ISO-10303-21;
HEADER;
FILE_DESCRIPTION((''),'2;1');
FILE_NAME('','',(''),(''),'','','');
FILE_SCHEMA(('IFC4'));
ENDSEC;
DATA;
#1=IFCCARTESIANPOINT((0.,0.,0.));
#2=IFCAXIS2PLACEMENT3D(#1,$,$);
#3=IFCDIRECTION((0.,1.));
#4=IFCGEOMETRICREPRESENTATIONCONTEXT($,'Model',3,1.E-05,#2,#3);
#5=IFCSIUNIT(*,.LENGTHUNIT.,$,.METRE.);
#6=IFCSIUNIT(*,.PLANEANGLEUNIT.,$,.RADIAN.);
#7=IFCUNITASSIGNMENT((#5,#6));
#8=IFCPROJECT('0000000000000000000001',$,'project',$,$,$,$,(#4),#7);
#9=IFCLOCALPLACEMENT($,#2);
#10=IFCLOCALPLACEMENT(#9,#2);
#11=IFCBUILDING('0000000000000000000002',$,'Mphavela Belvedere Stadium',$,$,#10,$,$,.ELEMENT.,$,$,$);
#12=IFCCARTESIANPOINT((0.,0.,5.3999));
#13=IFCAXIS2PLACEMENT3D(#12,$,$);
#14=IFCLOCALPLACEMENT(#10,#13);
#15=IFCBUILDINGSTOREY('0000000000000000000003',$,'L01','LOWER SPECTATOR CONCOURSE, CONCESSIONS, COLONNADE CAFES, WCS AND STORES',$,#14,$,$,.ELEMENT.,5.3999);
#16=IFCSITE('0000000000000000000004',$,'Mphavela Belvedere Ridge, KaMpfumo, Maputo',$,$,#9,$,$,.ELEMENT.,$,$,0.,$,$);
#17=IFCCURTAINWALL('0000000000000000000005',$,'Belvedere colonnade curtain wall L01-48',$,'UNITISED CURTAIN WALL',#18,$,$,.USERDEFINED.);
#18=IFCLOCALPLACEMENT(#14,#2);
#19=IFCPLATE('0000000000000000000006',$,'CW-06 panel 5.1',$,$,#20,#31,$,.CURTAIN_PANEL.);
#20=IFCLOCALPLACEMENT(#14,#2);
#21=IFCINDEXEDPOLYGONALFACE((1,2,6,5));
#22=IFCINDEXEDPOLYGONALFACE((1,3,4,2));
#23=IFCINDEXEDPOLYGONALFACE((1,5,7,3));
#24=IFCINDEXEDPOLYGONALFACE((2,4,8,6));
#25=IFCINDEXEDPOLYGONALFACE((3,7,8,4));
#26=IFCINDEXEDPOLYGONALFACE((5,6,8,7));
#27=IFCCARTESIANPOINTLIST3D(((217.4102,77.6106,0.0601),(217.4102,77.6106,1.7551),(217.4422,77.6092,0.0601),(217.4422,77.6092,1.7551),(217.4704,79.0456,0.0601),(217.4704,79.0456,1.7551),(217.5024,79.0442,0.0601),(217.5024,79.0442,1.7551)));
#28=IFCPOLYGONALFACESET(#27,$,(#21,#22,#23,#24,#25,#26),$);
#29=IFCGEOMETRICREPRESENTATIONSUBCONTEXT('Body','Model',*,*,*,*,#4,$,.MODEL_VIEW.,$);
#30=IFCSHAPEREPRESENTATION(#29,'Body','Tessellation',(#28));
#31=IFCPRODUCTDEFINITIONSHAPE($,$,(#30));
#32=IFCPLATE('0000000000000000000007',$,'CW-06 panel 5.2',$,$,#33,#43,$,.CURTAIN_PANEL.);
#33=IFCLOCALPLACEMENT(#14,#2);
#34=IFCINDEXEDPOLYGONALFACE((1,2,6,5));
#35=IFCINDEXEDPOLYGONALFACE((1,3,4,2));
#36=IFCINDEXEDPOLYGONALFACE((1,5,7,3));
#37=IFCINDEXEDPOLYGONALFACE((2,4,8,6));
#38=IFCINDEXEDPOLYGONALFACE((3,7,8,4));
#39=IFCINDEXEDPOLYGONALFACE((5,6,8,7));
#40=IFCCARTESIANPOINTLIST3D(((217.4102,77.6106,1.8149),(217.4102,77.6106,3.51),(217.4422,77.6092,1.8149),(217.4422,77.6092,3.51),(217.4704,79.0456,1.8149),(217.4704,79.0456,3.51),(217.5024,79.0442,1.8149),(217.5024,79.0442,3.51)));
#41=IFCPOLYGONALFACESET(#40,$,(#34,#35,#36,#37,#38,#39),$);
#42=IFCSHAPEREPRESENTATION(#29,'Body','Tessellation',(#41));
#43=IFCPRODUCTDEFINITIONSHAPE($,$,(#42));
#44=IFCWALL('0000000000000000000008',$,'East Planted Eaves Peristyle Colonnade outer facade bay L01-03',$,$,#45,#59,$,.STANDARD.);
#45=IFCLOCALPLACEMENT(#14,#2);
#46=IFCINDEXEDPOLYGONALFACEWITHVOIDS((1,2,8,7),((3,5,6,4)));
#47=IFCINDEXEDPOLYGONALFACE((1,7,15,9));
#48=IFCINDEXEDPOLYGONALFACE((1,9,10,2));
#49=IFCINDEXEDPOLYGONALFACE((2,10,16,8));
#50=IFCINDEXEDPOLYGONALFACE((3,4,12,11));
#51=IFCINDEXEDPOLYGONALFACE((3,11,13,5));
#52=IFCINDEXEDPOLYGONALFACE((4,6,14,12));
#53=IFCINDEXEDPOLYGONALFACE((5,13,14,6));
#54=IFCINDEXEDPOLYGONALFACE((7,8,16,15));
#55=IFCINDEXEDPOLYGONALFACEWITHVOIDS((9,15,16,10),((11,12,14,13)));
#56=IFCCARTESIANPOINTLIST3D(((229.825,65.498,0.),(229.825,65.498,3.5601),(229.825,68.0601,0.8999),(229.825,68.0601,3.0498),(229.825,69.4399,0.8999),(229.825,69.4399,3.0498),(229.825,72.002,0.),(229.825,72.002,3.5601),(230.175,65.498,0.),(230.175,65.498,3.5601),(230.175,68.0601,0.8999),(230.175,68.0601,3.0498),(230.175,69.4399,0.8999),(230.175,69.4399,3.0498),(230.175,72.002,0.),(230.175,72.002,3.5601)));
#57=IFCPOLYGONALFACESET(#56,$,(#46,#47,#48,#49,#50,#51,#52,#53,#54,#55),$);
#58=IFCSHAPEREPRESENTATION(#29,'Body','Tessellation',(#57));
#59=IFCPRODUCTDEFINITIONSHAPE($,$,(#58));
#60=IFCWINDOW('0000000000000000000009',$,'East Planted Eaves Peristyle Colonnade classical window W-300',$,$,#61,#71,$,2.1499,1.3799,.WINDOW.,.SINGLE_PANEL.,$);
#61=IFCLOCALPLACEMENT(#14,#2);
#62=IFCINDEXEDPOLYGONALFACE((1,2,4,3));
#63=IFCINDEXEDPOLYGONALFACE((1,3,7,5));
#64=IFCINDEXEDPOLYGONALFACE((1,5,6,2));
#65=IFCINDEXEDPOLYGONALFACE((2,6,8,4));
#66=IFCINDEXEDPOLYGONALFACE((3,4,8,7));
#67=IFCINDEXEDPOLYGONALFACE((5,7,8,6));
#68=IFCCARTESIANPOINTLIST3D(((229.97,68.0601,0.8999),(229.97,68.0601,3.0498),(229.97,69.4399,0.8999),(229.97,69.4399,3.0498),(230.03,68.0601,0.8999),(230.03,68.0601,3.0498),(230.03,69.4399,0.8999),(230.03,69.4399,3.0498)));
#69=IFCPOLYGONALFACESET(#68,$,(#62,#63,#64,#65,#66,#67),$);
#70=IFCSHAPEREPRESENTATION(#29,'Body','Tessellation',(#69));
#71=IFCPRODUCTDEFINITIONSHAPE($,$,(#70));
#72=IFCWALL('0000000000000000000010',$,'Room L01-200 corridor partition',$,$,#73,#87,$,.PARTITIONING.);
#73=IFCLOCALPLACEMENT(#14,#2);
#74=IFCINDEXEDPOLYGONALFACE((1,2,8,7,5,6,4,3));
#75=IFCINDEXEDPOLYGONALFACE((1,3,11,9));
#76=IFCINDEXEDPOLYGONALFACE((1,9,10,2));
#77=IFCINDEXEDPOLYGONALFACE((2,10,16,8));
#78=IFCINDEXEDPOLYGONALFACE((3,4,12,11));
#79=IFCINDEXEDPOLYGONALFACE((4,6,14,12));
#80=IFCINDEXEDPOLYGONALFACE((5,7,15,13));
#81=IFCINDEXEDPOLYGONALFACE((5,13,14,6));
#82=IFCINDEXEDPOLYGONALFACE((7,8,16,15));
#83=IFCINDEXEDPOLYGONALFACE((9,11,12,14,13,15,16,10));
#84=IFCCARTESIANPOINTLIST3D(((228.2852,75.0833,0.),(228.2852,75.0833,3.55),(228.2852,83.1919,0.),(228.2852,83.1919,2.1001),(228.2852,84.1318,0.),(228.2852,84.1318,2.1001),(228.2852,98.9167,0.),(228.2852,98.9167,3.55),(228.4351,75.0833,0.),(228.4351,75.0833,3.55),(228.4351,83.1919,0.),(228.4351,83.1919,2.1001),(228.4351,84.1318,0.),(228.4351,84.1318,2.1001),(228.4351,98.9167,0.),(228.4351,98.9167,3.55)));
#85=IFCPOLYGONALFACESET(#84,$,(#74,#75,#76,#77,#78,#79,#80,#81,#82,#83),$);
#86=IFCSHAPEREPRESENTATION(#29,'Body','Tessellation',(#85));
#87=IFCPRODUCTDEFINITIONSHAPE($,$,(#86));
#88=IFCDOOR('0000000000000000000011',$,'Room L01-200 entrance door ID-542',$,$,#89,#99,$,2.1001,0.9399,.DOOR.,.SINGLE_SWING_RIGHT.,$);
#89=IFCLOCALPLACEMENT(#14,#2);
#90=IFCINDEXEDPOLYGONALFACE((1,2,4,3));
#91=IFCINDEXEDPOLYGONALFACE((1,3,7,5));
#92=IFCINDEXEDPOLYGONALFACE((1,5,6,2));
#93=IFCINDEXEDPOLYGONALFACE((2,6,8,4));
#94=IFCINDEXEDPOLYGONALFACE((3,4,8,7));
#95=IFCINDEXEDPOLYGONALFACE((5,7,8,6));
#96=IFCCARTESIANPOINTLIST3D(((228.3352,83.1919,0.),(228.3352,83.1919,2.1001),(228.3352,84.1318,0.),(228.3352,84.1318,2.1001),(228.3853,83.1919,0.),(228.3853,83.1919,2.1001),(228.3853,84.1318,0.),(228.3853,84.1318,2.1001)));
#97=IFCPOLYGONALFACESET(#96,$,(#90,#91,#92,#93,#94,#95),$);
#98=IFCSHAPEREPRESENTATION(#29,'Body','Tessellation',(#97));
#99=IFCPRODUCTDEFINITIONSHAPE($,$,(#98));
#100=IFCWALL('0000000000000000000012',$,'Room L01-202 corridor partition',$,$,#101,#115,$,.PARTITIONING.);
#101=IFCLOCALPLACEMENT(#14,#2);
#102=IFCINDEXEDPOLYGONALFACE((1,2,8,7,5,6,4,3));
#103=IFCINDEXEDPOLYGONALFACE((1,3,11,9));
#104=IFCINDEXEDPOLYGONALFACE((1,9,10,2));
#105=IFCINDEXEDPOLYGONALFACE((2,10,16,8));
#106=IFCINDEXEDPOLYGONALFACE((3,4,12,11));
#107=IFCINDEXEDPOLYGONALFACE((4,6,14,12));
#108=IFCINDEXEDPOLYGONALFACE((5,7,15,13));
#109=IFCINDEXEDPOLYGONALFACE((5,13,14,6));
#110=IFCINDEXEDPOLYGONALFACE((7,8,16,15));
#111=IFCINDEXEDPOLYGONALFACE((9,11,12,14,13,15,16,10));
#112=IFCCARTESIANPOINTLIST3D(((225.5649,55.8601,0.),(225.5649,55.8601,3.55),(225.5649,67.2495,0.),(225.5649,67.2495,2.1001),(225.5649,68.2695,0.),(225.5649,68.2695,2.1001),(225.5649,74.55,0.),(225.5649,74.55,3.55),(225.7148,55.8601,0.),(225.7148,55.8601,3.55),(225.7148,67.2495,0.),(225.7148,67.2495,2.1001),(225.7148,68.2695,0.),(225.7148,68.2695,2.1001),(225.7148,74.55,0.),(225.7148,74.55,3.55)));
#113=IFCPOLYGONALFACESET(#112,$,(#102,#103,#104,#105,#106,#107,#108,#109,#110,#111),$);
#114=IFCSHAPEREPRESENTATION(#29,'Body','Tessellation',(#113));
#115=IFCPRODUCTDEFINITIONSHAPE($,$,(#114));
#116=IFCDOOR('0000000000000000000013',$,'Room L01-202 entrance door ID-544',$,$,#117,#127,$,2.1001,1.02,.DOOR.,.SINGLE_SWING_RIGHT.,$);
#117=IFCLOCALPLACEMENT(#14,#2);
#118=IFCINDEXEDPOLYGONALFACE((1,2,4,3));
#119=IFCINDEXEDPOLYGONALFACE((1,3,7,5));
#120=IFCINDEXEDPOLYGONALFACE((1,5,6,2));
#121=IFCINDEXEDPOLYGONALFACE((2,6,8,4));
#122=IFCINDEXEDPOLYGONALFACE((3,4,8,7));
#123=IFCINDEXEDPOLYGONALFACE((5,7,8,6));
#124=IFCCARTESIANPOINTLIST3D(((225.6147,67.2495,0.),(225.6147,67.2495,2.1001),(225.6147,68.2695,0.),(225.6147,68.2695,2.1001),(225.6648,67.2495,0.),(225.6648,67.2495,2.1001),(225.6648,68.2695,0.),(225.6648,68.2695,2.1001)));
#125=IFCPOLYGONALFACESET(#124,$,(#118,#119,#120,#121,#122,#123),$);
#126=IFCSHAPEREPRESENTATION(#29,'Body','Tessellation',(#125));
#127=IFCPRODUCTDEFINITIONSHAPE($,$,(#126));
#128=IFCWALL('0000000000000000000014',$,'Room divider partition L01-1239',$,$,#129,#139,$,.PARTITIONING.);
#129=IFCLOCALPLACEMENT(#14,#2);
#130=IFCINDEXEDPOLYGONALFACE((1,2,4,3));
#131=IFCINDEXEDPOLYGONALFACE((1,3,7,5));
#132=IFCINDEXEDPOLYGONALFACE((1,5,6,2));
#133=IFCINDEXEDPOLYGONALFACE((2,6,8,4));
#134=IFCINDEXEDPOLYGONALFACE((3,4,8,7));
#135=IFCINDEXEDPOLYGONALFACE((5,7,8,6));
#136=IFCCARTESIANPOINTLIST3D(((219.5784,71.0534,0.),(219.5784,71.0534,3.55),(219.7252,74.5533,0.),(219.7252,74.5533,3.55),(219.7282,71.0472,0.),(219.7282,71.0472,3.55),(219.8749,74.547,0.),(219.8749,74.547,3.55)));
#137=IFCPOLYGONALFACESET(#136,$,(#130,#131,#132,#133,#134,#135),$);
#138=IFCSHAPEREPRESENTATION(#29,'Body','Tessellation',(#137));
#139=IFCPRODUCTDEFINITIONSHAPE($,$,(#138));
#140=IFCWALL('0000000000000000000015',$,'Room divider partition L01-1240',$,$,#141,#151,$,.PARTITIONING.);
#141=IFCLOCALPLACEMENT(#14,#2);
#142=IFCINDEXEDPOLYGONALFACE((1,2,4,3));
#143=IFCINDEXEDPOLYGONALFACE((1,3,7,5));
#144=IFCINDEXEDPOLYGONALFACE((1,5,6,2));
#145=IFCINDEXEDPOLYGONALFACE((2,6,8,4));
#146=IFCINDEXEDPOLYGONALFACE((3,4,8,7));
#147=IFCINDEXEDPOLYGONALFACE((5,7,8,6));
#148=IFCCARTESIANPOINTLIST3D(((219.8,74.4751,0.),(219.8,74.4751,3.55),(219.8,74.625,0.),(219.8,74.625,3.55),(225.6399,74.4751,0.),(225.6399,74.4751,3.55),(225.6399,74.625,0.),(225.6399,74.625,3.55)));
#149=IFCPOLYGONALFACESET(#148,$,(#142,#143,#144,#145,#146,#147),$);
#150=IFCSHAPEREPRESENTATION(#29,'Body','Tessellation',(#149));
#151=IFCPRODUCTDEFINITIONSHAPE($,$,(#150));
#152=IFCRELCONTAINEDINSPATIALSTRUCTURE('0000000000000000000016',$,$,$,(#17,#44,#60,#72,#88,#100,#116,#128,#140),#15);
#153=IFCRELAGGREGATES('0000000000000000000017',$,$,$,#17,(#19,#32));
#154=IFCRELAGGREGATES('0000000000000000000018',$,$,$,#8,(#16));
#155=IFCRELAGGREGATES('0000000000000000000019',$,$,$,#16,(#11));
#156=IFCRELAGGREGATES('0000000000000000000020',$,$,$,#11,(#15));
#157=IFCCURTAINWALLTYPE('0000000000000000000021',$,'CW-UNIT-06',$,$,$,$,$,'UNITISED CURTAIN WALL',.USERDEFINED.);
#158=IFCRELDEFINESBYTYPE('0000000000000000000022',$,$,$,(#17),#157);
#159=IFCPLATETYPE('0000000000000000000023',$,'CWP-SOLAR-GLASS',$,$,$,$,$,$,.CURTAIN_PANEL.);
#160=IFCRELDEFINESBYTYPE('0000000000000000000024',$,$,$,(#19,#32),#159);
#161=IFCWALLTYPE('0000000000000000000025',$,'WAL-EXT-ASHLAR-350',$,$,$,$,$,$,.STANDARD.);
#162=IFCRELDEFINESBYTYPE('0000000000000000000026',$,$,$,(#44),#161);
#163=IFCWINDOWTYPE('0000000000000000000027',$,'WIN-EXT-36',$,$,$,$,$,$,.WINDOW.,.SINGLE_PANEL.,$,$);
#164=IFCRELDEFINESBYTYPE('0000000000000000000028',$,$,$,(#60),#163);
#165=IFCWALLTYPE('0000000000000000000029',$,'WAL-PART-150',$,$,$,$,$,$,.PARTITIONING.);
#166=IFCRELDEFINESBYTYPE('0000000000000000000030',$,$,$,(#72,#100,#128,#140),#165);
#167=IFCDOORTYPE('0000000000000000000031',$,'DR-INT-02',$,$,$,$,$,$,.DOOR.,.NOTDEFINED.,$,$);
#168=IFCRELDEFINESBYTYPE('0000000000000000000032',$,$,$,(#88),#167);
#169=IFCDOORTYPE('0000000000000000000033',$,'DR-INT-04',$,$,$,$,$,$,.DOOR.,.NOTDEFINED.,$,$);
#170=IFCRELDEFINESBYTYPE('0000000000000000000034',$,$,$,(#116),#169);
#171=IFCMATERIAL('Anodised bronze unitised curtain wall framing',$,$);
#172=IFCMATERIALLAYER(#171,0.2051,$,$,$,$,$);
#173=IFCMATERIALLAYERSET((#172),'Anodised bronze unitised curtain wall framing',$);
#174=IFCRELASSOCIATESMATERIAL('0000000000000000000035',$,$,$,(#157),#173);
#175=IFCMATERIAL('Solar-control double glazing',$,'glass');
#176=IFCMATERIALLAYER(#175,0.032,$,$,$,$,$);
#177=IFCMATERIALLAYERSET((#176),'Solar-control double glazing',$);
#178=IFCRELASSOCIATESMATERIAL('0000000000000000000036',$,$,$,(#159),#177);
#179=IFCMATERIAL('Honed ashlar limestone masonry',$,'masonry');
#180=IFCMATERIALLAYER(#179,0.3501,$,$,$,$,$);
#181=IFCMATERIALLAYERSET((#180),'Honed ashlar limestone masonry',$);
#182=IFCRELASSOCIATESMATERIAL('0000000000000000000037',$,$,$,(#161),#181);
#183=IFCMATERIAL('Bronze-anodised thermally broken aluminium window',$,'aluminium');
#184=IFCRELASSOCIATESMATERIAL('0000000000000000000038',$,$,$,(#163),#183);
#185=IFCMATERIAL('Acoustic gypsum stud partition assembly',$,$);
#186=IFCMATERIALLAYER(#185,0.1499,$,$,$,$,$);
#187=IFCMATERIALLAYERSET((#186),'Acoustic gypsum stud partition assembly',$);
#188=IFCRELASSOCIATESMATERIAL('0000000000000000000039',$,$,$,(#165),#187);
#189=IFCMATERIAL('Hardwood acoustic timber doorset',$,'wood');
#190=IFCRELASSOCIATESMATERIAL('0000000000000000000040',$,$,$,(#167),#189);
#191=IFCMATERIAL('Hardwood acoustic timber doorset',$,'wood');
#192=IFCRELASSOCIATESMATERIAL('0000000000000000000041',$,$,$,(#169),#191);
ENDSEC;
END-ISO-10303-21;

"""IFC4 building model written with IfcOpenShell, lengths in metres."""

from ifc_helpers import new_model, si_unit, direction, frame, frame_2d, origin, origin_2d, place, context, subcontext, project, spatial, rectangle, extrude, material, layer, layer_set, type_object, element, fill, aggregate, save


model = new_model("IFC4")

# Units and contexts
model_context = context("Model", 3, precision=1e-05, world=origin(), true_north=direction((0.0, 1.0)))
body_context = subcontext(model_context, "Body", "Model", "MODEL_VIEW")
ifc_project = project(units=[si_unit("LENGTHUNIT", "METRE"), si_unit("PLANEANGLEUNIT", "RADIAN")], contexts=[model_context])

# Site, building, storey
site_placement = place(None, origin())
site = spatial("IfcSite", under=ifc_project, at=site_placement, Name="Mphavela Belvedere Ridge, KaMpfumo, Maputo", CompositionType="ELEMENT", RefElevation=0.0)
building_placement = place(site_placement, origin())
building = spatial("IfcBuilding", under=site, at=building_placement, Name="Mphavela Belvedere Stadium", CompositionType="ELEMENT")
storey_placement = place(building_placement, frame((0.0, 0.0, 5.3999)))
storey = spatial("IfcBuildingStorey", under=building, at=storey_placement, Name="L01", Description="LOWER SPECTATOR CONCOURSE, CONCESSIONS, COLONNADE CAFES, WCS AND STORES", CompositionType="ELEMENT", Elevation=5.3999)

# Curtain wall, plates
ifc_material_1 = material(Name="Anodised bronze unitised curtain wall framing")
ifc_layer_1 = layer(ifc_material_1, 0.2051)
ifc_layer_set_1 = layer_set([ifc_layer_1], Name="Anodised bronze unitised curtain wall framing")
curtain_wall_type = type_object("IfcCurtainWallType", Name="CW-UNIT-06", ElementType="UNITISED CURTAIN WALL", PredefinedType="USERDEFINED", material=ifc_layer_set_1)
curtain_wall_placement = place(storey_placement, origin())
curtain_wall = element("IfcCurtainWall", 1, at=curtain_wall_placement, inside=storey, type_object=curtain_wall_type, Name="Belvedere colonnade curtain wall L01-48", ObjectType="UNITISED CURTAIN WALL", PredefinedType="USERDEFINED")
ifc_material_2 = material(Name="Solar-control double glazing", Category="glass")
ifc_layer_2 = layer(ifc_material_2, 0.032)
ifc_layer_set_2 = layer_set([ifc_layer_2], Name="Solar-control double glazing")
plate_type = type_object("IfcPlateType", Name="CWP-SOLAR-GLASS", PredefinedType="CURTAIN_PANEL", material=ifc_layer_set_2)
plate_1_placement = place(storey_placement, frame((217.4563, 78.3274, 0.0601), z_axis=(0.0, 0.0, 1.0), x_axis=(0.04191, 0.999121, 0.0)))
plate_1 = element("IfcPlate", 2, at=plate_1_placement, type_object=plate_type, Name="CW-06 panel 5.1", PredefinedType="CURTAIN_PANEL", context=body_context, shape_type="SweptSolid", body=[
    extrude(rectangle(XDim=1.4363, YDim=0.032, at=origin_2d()), origin(), (0.0, 0.0, 1.0), 1.6951),
])
plate_2_placement = place(storey_placement, frame((217.4563, 78.3274, 1.8149), z_axis=(0.0, 0.0, 1.0), x_axis=(0.04191, 0.999121, 0.0)))
plate_2 = element("IfcPlate", 3, at=plate_2_placement, type_object=plate_type, Name="CW-06 panel 5.2", PredefinedType="CURTAIN_PANEL", context=body_context, shape_type="SweptSolid", body=[
    extrude(rectangle(XDim=1.4363, YDim=0.032, at=origin_2d()), origin(), (0.0, 0.0, 1.0), 1.6951),
])
aggregate(curtain_wall, [plate_1, plate_2])

# Wall, opening, window
ifc_material_3 = material(Name="Honed ashlar limestone masonry", Category="masonry")
ifc_layer_3 = layer(ifc_material_3, 0.3501)
ifc_layer_set_3 = layer_set([ifc_layer_3], Name="Honed ashlar limestone masonry")
wall_type_1 = type_object("IfcWallType", Name="WAL-EXT-ASHLAR-350", PredefinedType="STANDARD", material=ifc_layer_set_3)
wall_1_placement = place(storey_placement, frame((230.0, 72.002, 0.0), z_axis=(0.0, 0.0, 1.0), x_axis=(0.0, -1.0, 0.0)))
wall_1 = element("IfcWall", 4, at=wall_1_placement, inside=storey, type_object=wall_type_1, Name="East Planted Eaves Peristyle Colonnade outer facade bay L01-03", PredefinedType="STANDARD", context=body_context, shape_type="SweptSolid", body=[
    extrude(rectangle(XDim=6.5039, YDim=0.3501, at=frame_2d((3.252, 0.0))), origin(), (0.0, 0.0, 1.0), 3.5601),
])
opening_1_placement = place(wall_1_placement, frame((2.562, 0.0, 0.8999)))
opening_1 = element("IfcOpeningElement", 5, at=opening_1_placement, cuts=wall_1, PredefinedType="OPENING", context=body_context, shape_type="SweptSolid", body=[
    extrude(rectangle(XDim=1.3799, YDim=2.1499, at=frame_2d((0.6899, 1.075))), frame((0.0, 0.1851, 0.0), z_axis=(0.0, -1.0, 0.0), x_axis=(1.0, 0.0, 0.0)), (0.0, 0.0, 1.0), 0.3701),
])
ifc_material_4 = material(Name="Bronze-anodised thermally broken aluminium window", Category="aluminium")
window_type = type_object("IfcWindowType", Name="WIN-EXT-36", PartitioningType="SINGLE_PANEL", PredefinedType="WINDOW", material=ifc_material_4)
window_placement = place(opening_1_placement, origin())
window = element("IfcWindow", 6, at=window_placement, inside=storey, type_object=window_type, Name="East Planted Eaves Peristyle Colonnade classical window W-300", OverallHeight=2.1499, OverallWidth=1.3799, PartitioningType="SINGLE_PANEL", PredefinedType="WINDOW", context=body_context, shape_type="SweptSolid", body=[
    extrude(rectangle(XDim=1.3799, YDim=2.1499, at=frame_2d((0.6899, 1.075))), frame((0.0, 0.03, 0.0), z_axis=(0.0, -1.0, 0.0), x_axis=(1.0, 0.0, 0.0)), (0.0, 0.0, 1.0), 0.0601),
])
fill(opening_1, window)

# Walls, openings, doors
ifc_material_5 = material(Name="Acoustic gypsum stud partition assembly")
ifc_layer_4 = layer(ifc_material_5, 0.1499)
ifc_layer_set_4 = layer_set([ifc_layer_4], Name="Acoustic gypsum stud partition assembly")
wall_type_2 = type_object("IfcWallType", Name="WAL-PART-150", PredefinedType="PARTITIONING", material=ifc_layer_set_4)
wall_2_placement = place(storey_placement, frame((228.3601, 75.0833, 0.0), z_axis=(0.0, 0.0, 1.0), x_axis=(0.0, 1.0, 0.0)))
wall_2 = element("IfcWall", 7, at=wall_2_placement, inside=storey, type_object=wall_type_2, Name="Room L01-200 corridor partition", PredefinedType="PARTITIONING", context=body_context, shape_type="SweptSolid", body=[
    extrude(rectangle(XDim=23.8335, YDim=0.1499, at=frame_2d((11.9167, 0.0))), origin(), (0.0, 0.0, 1.0), 3.55),
])
opening_2_placement = place(wall_2_placement, frame((8.1086, 0.0, 0.0)))
opening_2 = element("IfcOpeningElement", 8, at=opening_2_placement, cuts=wall_2, PredefinedType="OPENING", context=body_context, shape_type="SweptSolid", body=[
    extrude(rectangle(XDim=0.9399, YDim=2.1001, at=frame_2d((0.47, 1.05))), frame((0.0, 0.085, 0.0), z_axis=(0.0, -1.0, 0.0), x_axis=(1.0, 0.0, 0.0)), (0.0, 0.0, 1.0), 0.1699),
])
ifc_material_6 = material(Name="Hardwood acoustic timber doorset", Category="wood")
door_type_1 = type_object("IfcDoorType", Name="DR-INT-02", OperationType="NOTDEFINED", PredefinedType="DOOR", material=ifc_material_6)
door_1_placement = place(opening_2_placement, origin())
door_1 = element("IfcDoor", 9, at=door_1_placement, inside=storey, type_object=door_type_1, Name="Room L01-200 entrance door ID-542", OperationType="SINGLE_SWING_RIGHT", OverallHeight=2.1001, OverallWidth=0.9399, PredefinedType="DOOR", context=body_context, shape_type="SweptSolid", body=[
    extrude(rectangle(XDim=0.9399, YDim=2.1001, at=frame_2d((0.47, 1.05))), frame((0.0, 0.0249, 0.0), z_axis=(0.0, -1.0, 0.0), x_axis=(1.0, 0.0, 0.0)), (0.0, 0.0, 1.0), 0.05),
])
fill(opening_2, door_1)
wall_3_placement = place(storey_placement, frame((225.6399, 74.55, 0.0), z_axis=(0.0, 0.0, 1.0), x_axis=(0.0, -1.0, 0.0)))
wall_3 = element("IfcWall", 10, at=wall_3_placement, inside=storey, type_object=wall_type_2, Name="Room L01-202 corridor partition", PredefinedType="PARTITIONING", context=body_context, shape_type="SweptSolid", body=[
    extrude(rectangle(XDim=18.6899, YDim=0.1499, at=frame_2d((9.345, 0.0))), origin(), (0.0, 0.0, 1.0), 3.55),
])
opening_3_placement = place(wall_3_placement, frame((6.2805, 0.0, 0.0)))
opening_3 = element("IfcOpeningElement", 11, at=opening_3_placement, cuts=wall_3, PredefinedType="OPENING", context=body_context, shape_type="SweptSolid", body=[
    extrude(rectangle(XDim=1.02, YDim=2.1001, at=frame_2d((0.51, 1.05))), frame((0.0, 0.085, 0.0), z_axis=(0.0, -1.0, 0.0), x_axis=(1.0, 0.0, 0.0)), (0.0, 0.0, 1.0), 0.1699),
])
ifc_material_7 = material(Name="Hardwood acoustic timber doorset", Category="wood")
door_type_2 = type_object("IfcDoorType", Name="DR-INT-04", OperationType="NOTDEFINED", PredefinedType="DOOR", material=ifc_material_7)
door_2_placement = place(opening_3_placement, origin())
door_2 = element("IfcDoor", 12, at=door_2_placement, inside=storey, type_object=door_type_2, Name="Room L01-202 entrance door ID-544", OperationType="SINGLE_SWING_RIGHT", OverallHeight=2.1001, OverallWidth=1.02, PredefinedType="DOOR", context=body_context, shape_type="SweptSolid", body=[
    extrude(rectangle(XDim=1.02, YDim=2.1001, at=frame_2d((0.51, 1.05))), frame((0.0, 0.0249, 0.0), z_axis=(0.0, -1.0, 0.0), x_axis=(1.0, 0.0, 0.0)), (0.0, 0.0, 1.0), 0.05),
])
fill(opening_3, door_2)

# Walls
wall_4_placement = place(storey_placement, frame((219.6533, 71.0503, 0.0), z_axis=(0.0, 0.0, 1.0), x_axis=(0.041889, 0.999122, 0.0)))
element("IfcWall", 13, at=wall_4_placement, inside=storey, type_object=wall_type_2, Name="Room divider partition L01-1239", PredefinedType="PARTITIONING", context=body_context, shape_type="SweptSolid", body=[
    extrude(rectangle(XDim=3.5029, YDim=0.1499, at=frame_2d((1.7515, 0.0))), origin(), (0.0, 0.0, 1.0), 3.55),
])
wall_5_placement = place(storey_placement, frame((219.8, 74.55, 0.0), z_axis=(0.0, 0.0, 1.0), x_axis=(1.0, 0.0, 0.0)))
element("IfcWall", 14, at=wall_5_placement, inside=storey, type_object=wall_type_2, Name="Room divider partition L01-1240", PredefinedType="PARTITIONING", context=body_context, shape_type="SweptSolid", body=[
    extrude(rectangle(XDim=5.8398, YDim=0.1499, at=frame_2d((2.9199, 0.0))), origin(), (0.0, 0.0, 1.0), 3.55),
])

save(model, "model.ifc")
